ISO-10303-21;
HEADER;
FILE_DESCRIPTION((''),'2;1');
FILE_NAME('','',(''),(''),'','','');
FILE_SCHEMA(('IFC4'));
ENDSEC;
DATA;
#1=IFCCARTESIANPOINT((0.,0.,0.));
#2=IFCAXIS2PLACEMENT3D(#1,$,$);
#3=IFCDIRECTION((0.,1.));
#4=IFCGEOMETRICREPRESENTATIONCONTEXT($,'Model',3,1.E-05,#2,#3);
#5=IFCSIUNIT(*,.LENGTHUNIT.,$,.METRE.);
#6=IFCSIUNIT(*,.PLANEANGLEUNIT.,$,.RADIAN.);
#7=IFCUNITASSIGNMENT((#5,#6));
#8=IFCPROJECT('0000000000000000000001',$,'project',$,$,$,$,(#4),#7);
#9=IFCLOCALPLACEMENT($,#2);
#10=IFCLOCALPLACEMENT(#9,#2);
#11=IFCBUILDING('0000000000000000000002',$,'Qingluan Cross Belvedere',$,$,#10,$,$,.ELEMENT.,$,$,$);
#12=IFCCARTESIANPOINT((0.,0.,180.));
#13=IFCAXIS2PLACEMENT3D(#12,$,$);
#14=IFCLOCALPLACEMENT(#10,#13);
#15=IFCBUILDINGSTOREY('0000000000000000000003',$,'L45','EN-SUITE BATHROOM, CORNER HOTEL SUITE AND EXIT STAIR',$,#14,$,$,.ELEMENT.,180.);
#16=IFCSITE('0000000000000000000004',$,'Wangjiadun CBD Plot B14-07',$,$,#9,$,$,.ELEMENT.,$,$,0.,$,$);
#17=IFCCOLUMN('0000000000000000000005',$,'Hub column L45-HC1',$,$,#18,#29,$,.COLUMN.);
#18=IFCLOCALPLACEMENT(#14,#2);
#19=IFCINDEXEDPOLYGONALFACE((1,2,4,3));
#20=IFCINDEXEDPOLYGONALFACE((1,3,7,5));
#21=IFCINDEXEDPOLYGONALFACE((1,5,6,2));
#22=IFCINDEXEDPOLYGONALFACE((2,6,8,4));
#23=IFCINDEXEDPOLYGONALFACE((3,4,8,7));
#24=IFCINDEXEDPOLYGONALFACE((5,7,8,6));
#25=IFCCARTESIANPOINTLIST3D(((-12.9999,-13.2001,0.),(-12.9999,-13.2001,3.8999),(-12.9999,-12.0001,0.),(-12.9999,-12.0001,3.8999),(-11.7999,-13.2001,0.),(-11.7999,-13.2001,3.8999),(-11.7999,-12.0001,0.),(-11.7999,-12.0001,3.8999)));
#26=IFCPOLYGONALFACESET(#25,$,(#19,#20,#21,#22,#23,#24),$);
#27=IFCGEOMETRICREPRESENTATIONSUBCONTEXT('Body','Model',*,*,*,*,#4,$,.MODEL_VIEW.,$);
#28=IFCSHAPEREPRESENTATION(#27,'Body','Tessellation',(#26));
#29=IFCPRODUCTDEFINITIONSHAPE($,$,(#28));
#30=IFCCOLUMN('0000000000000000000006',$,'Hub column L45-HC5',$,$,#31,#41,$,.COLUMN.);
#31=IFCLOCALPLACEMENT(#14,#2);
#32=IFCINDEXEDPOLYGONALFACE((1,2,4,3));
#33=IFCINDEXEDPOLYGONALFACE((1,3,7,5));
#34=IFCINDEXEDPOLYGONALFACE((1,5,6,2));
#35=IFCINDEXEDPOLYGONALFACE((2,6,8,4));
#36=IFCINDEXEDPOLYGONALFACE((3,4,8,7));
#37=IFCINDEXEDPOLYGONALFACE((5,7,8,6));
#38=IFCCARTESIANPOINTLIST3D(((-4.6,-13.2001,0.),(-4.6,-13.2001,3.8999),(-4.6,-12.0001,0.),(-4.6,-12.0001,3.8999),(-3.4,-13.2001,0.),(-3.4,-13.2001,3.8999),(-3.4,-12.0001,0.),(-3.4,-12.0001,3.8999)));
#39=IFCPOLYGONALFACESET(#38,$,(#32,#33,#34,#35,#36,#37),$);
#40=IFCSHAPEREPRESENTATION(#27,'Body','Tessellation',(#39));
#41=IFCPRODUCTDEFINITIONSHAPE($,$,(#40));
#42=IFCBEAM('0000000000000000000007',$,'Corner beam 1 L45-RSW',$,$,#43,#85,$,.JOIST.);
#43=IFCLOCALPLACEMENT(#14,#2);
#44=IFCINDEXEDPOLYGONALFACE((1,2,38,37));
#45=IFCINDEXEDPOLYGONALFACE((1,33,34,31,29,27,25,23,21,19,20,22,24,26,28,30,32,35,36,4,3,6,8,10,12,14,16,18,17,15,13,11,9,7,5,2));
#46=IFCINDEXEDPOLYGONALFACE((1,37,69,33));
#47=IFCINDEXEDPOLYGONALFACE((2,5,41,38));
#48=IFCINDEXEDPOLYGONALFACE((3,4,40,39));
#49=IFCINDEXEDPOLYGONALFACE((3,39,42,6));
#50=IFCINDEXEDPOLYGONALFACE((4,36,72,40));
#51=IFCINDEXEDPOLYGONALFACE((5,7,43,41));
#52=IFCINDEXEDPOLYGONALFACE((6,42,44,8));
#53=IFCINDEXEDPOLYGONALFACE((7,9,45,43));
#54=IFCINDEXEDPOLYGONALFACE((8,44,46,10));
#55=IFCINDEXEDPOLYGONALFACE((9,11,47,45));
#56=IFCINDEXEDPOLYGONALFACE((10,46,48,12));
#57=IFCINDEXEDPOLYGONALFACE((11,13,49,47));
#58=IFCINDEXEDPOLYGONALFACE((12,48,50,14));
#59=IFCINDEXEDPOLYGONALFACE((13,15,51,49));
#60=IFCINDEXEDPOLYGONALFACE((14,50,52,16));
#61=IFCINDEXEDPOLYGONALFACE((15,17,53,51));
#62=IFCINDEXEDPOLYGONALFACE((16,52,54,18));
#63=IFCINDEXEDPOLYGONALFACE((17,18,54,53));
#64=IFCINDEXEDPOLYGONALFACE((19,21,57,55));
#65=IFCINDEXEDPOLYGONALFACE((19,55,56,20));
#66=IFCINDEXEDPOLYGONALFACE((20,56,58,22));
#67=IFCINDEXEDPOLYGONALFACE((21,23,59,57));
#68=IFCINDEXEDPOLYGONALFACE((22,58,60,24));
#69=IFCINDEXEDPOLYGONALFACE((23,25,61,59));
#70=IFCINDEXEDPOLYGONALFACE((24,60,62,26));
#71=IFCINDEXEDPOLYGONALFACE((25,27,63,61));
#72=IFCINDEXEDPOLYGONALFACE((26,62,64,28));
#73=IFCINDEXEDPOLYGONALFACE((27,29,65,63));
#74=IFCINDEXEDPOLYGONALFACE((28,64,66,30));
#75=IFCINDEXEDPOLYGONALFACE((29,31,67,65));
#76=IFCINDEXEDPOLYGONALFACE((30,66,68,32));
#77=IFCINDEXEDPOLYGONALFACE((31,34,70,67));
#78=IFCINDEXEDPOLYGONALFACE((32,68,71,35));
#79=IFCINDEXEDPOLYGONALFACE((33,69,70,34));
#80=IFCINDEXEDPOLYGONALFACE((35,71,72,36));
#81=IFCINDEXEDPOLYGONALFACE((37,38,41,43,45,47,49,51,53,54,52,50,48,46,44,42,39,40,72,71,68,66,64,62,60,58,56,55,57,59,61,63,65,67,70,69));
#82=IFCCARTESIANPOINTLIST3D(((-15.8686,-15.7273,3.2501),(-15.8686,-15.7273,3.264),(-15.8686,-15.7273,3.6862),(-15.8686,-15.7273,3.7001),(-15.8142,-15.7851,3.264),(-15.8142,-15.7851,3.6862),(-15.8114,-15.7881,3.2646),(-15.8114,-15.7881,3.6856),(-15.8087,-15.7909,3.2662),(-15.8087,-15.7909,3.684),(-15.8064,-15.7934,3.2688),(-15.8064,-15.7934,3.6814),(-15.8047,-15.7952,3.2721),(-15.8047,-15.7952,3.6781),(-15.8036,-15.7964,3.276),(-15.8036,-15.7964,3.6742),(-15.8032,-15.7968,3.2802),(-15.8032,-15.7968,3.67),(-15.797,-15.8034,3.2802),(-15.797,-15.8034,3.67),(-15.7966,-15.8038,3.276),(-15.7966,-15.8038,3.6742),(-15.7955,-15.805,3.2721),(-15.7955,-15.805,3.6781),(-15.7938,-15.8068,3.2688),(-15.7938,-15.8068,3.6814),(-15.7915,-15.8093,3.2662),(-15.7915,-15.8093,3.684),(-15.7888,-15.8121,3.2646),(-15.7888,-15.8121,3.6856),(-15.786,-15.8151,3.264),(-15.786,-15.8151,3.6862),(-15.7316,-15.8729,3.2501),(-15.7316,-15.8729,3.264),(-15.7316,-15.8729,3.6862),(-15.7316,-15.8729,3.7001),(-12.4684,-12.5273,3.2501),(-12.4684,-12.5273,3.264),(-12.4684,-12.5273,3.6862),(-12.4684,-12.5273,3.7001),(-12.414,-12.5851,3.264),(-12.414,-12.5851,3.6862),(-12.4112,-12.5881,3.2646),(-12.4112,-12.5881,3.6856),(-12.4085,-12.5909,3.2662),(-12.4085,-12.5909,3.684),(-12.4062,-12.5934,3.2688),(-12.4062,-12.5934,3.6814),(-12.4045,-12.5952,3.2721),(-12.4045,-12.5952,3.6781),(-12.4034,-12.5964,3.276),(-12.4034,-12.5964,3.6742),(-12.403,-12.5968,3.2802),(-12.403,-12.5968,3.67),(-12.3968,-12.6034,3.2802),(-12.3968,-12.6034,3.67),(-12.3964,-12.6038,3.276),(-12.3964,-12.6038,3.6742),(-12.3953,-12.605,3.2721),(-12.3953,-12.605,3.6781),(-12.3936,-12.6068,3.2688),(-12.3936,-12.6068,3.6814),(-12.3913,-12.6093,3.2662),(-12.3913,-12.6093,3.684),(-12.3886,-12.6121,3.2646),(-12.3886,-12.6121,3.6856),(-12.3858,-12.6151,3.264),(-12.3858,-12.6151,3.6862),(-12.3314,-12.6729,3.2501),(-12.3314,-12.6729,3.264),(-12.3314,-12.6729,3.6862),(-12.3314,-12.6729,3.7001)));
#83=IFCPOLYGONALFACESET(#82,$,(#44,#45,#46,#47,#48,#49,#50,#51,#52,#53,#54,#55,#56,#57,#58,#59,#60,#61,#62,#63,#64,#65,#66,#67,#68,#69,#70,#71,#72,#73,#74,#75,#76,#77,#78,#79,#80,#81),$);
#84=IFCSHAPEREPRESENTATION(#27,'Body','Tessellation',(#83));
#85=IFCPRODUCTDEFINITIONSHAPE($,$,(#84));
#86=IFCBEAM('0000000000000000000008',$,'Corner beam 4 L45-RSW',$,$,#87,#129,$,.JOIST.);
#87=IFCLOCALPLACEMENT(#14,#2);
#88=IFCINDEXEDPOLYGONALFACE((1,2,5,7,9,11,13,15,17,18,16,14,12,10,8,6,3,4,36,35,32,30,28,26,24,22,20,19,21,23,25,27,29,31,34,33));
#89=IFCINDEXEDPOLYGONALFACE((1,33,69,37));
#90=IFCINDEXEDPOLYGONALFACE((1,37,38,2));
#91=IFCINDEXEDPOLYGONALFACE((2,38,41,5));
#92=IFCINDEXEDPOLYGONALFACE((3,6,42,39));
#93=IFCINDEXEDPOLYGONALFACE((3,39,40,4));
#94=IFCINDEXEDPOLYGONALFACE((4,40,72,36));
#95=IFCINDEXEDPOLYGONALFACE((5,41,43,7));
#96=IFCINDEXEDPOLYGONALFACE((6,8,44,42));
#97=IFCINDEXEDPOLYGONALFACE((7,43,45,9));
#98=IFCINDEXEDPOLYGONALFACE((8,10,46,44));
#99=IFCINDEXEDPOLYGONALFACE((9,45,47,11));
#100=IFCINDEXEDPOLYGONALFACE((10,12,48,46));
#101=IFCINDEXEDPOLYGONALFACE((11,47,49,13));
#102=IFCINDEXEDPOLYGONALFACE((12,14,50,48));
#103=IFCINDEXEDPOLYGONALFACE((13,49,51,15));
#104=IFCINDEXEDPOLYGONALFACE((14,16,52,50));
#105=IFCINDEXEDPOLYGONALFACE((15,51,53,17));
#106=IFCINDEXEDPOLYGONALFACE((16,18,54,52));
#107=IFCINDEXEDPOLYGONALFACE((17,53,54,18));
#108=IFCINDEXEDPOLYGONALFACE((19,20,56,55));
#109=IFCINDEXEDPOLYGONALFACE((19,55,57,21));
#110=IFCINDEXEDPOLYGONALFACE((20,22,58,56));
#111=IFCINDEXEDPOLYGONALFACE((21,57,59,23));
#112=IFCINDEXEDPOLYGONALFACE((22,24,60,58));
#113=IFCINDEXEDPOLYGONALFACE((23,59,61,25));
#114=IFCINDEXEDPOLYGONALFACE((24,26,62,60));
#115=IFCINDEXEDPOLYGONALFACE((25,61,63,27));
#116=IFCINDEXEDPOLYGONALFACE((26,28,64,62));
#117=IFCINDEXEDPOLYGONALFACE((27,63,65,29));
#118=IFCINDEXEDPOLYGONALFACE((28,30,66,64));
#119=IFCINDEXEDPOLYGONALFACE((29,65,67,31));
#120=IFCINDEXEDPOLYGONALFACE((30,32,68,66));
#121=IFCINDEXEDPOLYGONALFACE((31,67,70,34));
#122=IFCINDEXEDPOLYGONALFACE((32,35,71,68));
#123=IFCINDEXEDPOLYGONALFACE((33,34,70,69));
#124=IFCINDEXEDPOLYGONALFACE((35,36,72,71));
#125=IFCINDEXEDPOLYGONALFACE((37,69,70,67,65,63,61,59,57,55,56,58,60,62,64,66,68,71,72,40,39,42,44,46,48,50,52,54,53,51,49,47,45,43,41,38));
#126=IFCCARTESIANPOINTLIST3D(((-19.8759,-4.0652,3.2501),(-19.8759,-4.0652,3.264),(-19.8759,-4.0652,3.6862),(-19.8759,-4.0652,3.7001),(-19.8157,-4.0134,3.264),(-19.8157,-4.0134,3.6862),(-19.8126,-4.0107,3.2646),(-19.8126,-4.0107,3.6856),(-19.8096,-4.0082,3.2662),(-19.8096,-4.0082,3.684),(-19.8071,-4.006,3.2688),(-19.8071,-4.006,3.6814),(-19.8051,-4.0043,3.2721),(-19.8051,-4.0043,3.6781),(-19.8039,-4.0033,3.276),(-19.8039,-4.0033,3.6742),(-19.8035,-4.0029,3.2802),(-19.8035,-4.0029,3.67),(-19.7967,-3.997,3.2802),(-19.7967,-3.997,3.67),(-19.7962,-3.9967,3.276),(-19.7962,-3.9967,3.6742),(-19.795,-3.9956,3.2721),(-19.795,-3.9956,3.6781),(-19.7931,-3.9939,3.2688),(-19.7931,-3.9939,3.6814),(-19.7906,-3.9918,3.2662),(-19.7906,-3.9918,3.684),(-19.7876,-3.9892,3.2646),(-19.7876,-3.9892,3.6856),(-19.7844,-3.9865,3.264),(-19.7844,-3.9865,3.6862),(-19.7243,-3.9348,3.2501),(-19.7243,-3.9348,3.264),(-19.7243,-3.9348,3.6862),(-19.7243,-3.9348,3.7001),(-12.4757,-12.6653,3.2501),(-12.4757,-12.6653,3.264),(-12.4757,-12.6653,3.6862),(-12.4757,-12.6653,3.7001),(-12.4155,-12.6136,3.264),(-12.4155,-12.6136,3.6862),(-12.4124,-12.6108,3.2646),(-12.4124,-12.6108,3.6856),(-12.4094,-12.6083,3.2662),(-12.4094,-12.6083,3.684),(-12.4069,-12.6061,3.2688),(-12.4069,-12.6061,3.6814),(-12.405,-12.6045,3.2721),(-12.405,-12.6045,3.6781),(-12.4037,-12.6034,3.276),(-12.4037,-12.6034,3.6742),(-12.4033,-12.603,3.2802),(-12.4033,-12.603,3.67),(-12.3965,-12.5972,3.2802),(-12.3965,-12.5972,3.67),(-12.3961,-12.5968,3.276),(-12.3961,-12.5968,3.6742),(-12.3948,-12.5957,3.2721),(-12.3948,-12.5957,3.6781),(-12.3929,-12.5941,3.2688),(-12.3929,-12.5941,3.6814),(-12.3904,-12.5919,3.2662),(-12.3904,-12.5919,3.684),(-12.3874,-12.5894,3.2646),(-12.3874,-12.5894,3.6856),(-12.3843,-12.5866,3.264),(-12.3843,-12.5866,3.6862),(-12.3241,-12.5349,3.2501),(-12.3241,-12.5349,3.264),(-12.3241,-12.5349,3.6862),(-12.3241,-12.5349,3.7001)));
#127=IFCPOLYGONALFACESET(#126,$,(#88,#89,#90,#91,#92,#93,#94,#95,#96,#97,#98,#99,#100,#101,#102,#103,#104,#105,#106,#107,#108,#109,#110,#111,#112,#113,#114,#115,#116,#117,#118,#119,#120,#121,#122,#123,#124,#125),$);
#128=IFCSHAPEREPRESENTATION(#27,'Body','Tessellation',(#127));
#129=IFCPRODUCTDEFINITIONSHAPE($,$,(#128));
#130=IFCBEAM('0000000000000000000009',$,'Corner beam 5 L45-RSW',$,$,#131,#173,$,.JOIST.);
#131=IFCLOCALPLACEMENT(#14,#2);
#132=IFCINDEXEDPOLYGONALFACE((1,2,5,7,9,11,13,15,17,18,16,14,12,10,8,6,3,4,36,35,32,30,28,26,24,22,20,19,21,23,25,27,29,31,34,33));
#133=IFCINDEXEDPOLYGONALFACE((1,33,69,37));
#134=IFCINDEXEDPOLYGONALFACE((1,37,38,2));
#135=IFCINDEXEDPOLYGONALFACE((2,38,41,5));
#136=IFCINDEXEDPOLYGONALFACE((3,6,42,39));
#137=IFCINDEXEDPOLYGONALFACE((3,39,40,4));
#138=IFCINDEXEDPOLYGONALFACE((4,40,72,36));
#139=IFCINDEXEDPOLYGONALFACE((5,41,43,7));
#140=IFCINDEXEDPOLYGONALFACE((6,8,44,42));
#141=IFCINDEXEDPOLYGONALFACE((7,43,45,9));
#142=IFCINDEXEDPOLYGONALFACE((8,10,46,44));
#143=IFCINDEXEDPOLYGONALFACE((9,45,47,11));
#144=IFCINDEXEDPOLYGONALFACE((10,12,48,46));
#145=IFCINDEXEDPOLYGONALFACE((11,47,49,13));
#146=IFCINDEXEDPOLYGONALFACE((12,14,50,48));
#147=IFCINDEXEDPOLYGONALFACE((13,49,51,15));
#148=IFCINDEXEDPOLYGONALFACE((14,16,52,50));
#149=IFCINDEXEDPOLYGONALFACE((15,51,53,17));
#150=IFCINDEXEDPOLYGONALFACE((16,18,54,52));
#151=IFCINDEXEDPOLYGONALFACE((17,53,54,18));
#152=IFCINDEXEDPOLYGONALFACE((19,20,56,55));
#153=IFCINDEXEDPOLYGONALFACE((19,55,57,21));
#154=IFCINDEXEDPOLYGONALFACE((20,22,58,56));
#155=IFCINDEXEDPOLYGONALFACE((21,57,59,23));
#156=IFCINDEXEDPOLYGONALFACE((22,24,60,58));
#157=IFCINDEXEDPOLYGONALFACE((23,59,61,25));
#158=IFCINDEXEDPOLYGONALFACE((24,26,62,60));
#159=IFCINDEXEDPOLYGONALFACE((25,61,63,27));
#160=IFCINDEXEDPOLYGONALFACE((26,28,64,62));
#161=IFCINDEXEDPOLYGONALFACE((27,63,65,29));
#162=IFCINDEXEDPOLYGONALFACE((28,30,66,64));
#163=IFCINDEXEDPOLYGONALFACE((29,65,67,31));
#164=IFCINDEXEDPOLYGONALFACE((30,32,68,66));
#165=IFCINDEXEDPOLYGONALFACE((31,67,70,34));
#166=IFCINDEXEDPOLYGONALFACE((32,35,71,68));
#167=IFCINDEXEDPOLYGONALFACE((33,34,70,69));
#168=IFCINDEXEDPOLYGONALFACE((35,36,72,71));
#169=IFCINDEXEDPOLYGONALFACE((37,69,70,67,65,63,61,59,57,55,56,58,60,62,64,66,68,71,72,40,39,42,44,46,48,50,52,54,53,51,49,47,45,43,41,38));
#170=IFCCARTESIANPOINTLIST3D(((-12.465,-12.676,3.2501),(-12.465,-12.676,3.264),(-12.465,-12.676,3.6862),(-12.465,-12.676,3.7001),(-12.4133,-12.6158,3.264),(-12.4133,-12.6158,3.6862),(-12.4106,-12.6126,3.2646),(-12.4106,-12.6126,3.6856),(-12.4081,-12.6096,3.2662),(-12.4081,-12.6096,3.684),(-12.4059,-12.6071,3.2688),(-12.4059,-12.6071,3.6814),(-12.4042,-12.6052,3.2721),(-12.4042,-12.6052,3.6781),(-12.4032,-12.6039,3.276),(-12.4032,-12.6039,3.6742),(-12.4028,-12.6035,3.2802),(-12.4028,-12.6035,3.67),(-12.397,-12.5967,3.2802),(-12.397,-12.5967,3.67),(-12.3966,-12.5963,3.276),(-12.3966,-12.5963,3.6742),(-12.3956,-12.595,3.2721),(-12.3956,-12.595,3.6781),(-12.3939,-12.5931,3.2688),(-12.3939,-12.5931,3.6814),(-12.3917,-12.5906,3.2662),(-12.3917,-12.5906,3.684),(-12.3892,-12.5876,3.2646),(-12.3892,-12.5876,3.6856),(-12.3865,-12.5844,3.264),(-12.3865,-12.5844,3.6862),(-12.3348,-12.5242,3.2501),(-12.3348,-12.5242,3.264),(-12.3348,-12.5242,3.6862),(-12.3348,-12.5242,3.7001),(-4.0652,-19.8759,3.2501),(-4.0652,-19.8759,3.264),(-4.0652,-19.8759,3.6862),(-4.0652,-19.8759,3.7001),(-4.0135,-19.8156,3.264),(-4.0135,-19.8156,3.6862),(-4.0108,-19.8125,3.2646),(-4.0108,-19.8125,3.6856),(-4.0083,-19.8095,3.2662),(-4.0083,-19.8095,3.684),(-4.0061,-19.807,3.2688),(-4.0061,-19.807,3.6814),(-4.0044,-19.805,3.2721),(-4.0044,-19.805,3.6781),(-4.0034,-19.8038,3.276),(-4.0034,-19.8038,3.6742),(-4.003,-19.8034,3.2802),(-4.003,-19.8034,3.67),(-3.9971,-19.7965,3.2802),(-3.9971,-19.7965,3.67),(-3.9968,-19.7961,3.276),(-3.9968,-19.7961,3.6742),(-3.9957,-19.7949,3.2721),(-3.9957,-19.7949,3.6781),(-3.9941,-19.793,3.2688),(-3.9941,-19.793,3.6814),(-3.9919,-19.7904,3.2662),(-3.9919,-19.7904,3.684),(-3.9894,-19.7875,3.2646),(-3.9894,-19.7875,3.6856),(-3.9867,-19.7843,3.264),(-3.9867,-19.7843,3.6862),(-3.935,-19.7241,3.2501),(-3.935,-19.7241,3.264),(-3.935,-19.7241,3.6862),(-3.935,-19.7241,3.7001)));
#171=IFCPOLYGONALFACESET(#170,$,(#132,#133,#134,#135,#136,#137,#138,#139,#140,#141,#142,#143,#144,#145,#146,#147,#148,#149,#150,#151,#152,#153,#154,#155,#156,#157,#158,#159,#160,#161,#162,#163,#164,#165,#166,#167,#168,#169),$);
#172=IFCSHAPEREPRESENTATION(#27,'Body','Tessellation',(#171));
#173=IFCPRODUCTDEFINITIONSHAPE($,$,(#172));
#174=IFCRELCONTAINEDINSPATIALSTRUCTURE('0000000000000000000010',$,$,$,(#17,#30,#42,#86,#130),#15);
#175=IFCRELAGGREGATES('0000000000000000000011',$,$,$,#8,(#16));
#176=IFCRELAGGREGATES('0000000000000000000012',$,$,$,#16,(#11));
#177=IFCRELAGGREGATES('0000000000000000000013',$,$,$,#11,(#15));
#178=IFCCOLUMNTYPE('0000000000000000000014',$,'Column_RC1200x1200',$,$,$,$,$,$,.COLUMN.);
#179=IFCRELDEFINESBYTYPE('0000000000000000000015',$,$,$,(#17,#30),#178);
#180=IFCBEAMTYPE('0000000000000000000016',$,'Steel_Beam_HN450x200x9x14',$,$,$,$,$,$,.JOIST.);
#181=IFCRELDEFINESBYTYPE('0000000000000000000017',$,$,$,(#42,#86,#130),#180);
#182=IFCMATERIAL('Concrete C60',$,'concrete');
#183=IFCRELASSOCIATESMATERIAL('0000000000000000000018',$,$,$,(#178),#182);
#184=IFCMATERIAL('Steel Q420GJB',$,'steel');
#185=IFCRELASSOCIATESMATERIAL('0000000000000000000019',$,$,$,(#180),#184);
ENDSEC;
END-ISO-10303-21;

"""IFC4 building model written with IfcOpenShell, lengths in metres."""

from ifc_helpers import new_model, si_unit, direction, frame, origin, origin_2d, place, context, subcontext, project, spatial, rectangle, i_section, extrude, material, material_profile, profile_set, type_object, element, save


model = new_model("IFC4")

# Units and contexts
model_context = context("Model", 3, precision=1e-05, world=origin(), true_north=direction((0.0, 1.0)))
body_context = subcontext(model_context, "Body", "Model", "MODEL_VIEW")
ifc_project = project(units=[si_unit("LENGTHUNIT", "METRE"), si_unit("PLANEANGLEUNIT", "RADIAN")], contexts=[model_context])

# Site, building, storey
site_placement = place(None, origin())
site = spatial("IfcSite", under=ifc_project, at=site_placement, Name="Wangjiadun CBD Plot B14-07", CompositionType="ELEMENT", RefElevation=0.0)
building_placement = place(site_placement, origin())
building = spatial("IfcBuilding", under=site, at=building_placement, Name="Qingluan Cross Belvedere", CompositionType="ELEMENT")
storey_placement = place(building_placement, frame((0.0, 0.0, 180.0)))
storey = spatial("IfcBuildingStorey", under=building, at=storey_placement, Name="L45", Description="EN-SUITE BATHROOM, CORNER HOTEL SUITE AND EXIT STAIR", CompositionType="ELEMENT", Elevation=180.0)

# Columns
ifc_material_1 = material(Name="Concrete C60", Category="concrete")
ifc_material_profile_1 = material_profile(ifc_material_1, rectangle(XDim=1.2, YDim=1.2, at=origin_2d()), Name="RC1200x1200")
ifc_profile_set_1 = profile_set([ifc_material_profile_1], Name="Concrete C60")
column_type = type_object("IfcColumnType", Name="Column_RC1200x1200", PredefinedType="COLUMN", material=ifc_profile_set_1)
for number, where, z_axis, x_axis, name in (
    (1, (-12.3999, -12.6001, 0.0), (0.0, 0.0, 1.0), (1.0, 0.0, 0.0), "Hub column L45-HC1"),
    (2, (-4.0, -12.6001, 0.0), (0.0, 0.0, 1.0), (1.0, 0.0, 0.0), "Hub column L45-HC5"),
):
    element("IfcColumn", number, at=place(storey_placement, frame(where, z_axis=z_axis, x_axis=x_axis)), inside=storey, type_object=column_type, Name=name, PredefinedType="COLUMN", context=body_context, shape_type="SweptSolid", body=[
        extrude(rectangle(XDim=1.2, YDim=1.2, at=origin_2d()), origin(), (0.0, 0.0, 1.0), 3.8999),
    ])

# Beams
ifc_material_2 = material(Name="Steel Q420GJB", Category="steel")
ifc_material_profile_2 = material_profile(ifc_material_2, i_section(OverallWidth=0.2, OverallDepth=0.45, WebThickness=0.009, FlangeThickness=0.0139, FilletRadius=0.0161, at=origin_2d()), Name="HN450x200x9x14")
ifc_profile_set_2 = profile_set([ifc_material_profile_2], Name="Steel Q420GJB")
beam_type_1 = type_object("IfcBeamType", Name="Steel_Beam_HN450x200x9x14", PredefinedType="JOIST", material=ifc_profile_set_2)
beam_1_placement = place(storey_placement, frame((-12.3999, -12.6001, 3.4751), z_axis=(-0.72822, -0.685343, 0.0), x_axis=(0.685343, -0.72822, 0.0)))
element("IfcBeam", 3, at=beam_1_placement, inside=storey, type_object=beam_type_1, Name="Corner beam 1 L45-RSW", PredefinedType="JOIST", context=body_context, shape_type="SweptSolid", body=[
    extrude(i_section(OverallWidth=0.2, OverallDepth=0.45, WebThickness=0.009, FlangeThickness=0.0139, FilletRadius=0.0161, at=origin_2d()), origin(), (0.0, 0.0, 1.0), 4.6692),
])
beam_2_placement = place(storey_placement, frame((-12.3999, -12.6001, 3.4751), z_axis=(-0.652245, 0.758008, 0.0), x_axis=(-0.758008, -0.652245, 0.0)))
element("IfcBeam", 4, at=beam_2_placement, inside=storey, type_object=beam_type_1, Name="Corner beam 4 L45-RSW", PredefinedType="JOIST", context=body_context, shape_type="SweptSolid", body=[
    extrude(i_section(OverallWidth=0.2, OverallDepth=0.45, WebThickness=0.009, FlangeThickness=0.0139, FilletRadius=0.0161, at=origin_2d()), origin(), (0.0, 0.0, 1.0), 11.3457),
])
beam_3_placement = place(storey_placement, frame((-12.3999, -12.6001, 3.4751), z_axis=(0.759255, -0.650793, 0.0), x_axis=(0.650793, 0.759255, 0.0)))
element("IfcBeam", 5, at=beam_3_placement, inside=storey, type_object=beam_type_1, Name="Corner beam 5 L45-RSW", PredefinedType="JOIST", context=body_context, shape_type="SweptSolid", body=[
    extrude(i_section(OverallWidth=0.2, OverallDepth=0.45, WebThickness=0.009, FlangeThickness=0.0139, FilletRadius=0.0161, at=origin_2d()), origin(), (0.0, 0.0, 1.0), 11.0632),
])

save(model, "model.ifc")
